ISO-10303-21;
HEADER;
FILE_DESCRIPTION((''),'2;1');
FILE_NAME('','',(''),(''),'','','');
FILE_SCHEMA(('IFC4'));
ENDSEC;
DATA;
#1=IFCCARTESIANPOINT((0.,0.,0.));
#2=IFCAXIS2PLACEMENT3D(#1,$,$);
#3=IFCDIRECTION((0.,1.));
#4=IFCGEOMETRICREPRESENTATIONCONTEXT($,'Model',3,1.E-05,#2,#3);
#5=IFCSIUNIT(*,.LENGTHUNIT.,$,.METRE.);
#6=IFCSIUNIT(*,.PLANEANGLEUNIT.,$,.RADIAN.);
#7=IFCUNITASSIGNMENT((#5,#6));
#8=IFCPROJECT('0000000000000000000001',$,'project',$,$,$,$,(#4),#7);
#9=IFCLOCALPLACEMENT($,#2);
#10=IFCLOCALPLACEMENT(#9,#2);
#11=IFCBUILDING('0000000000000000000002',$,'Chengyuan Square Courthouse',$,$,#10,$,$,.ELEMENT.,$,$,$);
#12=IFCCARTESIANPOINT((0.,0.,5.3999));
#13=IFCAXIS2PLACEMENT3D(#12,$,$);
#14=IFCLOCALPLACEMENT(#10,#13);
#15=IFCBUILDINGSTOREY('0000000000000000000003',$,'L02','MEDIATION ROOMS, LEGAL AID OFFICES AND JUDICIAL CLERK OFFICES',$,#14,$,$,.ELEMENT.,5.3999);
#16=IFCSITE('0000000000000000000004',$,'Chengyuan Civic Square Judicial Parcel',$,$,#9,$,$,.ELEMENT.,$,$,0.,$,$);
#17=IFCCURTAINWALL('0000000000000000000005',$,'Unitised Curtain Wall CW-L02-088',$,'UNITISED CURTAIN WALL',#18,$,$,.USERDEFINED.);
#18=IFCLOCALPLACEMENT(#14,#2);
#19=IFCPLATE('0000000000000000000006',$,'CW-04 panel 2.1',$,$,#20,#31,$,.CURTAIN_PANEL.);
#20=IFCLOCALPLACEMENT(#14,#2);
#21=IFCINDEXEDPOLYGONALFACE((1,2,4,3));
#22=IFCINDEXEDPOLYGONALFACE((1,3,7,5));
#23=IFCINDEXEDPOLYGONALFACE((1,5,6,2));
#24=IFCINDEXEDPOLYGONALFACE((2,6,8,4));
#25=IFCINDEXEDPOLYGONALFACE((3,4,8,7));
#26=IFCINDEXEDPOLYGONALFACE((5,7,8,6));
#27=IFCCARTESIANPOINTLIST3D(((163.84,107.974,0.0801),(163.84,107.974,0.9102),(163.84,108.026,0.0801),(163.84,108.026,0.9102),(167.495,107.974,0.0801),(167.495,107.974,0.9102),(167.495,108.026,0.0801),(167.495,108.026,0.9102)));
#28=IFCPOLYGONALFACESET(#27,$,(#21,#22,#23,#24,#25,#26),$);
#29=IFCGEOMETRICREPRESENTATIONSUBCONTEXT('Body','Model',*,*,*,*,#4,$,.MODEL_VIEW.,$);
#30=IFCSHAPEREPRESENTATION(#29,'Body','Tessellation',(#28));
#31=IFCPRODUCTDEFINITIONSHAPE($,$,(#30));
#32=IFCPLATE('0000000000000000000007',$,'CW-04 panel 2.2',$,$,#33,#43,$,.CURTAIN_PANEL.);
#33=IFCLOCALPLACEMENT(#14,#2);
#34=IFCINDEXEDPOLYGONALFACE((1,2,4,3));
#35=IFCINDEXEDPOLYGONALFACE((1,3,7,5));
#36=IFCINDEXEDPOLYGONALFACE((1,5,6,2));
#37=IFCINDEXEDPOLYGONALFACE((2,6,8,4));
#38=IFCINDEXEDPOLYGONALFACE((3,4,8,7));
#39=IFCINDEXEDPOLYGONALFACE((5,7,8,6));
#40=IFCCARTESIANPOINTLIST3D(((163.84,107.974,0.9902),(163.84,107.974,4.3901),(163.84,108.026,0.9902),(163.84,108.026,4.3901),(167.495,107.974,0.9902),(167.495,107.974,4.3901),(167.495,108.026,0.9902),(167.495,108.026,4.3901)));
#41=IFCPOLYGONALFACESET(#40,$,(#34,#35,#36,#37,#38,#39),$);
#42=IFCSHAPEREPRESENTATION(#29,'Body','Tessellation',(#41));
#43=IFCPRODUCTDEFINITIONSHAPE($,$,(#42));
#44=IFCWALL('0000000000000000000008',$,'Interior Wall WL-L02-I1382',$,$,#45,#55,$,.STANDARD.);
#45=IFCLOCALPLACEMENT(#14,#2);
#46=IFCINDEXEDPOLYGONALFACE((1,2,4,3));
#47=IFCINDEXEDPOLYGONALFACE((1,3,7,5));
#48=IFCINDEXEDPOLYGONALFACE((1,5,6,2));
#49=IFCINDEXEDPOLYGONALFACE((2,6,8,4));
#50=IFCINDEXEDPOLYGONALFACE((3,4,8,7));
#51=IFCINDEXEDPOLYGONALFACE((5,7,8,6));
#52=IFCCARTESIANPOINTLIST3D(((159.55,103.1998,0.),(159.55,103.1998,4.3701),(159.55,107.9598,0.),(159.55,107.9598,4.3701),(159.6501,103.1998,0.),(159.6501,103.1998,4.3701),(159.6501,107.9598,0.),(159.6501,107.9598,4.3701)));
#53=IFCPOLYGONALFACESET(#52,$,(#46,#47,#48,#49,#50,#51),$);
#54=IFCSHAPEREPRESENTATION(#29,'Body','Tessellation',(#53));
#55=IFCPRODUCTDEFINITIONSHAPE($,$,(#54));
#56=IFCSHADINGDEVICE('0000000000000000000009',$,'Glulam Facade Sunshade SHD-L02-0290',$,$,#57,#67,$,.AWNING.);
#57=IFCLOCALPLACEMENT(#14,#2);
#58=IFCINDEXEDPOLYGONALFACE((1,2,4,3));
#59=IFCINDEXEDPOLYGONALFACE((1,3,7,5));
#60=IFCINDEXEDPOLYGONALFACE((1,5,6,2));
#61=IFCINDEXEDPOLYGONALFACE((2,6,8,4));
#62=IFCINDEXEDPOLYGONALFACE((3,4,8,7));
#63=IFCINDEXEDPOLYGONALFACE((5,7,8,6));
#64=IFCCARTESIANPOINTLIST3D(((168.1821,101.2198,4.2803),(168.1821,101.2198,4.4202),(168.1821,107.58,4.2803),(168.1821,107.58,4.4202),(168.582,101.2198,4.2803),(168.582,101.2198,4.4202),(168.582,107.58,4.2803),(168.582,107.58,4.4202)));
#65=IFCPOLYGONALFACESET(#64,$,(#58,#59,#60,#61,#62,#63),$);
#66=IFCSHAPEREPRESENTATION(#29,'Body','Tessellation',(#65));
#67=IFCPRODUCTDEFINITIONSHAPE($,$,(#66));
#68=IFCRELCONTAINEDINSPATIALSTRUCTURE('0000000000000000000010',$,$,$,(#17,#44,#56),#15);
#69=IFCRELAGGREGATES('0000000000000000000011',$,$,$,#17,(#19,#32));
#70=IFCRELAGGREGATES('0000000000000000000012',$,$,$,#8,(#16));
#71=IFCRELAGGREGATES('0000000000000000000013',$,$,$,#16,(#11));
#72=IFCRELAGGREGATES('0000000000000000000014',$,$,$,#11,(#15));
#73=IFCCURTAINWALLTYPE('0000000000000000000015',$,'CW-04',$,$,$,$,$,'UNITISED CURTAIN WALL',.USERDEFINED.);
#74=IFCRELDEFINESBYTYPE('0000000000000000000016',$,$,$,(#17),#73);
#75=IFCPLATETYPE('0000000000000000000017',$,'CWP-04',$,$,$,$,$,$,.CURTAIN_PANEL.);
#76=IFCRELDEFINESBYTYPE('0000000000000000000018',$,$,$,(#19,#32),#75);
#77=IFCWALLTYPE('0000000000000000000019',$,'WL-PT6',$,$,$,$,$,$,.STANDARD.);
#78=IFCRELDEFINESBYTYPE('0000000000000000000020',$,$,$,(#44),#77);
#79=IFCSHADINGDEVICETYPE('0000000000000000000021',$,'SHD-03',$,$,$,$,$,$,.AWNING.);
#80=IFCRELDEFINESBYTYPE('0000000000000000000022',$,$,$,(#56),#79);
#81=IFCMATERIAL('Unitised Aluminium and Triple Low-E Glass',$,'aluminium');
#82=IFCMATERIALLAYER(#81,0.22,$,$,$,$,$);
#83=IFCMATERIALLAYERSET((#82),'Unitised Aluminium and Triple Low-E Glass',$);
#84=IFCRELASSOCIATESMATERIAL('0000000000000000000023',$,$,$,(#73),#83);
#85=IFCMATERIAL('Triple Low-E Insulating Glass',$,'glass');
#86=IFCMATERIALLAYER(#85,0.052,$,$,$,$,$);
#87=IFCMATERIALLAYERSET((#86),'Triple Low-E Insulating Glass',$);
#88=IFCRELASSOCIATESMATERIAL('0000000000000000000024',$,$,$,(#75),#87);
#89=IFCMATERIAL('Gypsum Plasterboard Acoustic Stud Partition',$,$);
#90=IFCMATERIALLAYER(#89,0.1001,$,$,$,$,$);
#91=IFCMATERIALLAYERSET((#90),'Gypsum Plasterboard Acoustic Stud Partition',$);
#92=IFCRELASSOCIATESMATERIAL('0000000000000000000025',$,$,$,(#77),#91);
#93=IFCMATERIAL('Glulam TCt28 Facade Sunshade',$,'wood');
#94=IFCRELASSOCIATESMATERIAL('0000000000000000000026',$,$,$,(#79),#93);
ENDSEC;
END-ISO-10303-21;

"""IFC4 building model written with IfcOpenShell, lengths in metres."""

from ifc_helpers import new_model, si_unit, direction, frame, frame_2d, origin, origin_2d, place, context, subcontext, project, spatial, rectangle, extrude, material, layer, layer_set, type_object, element, aggregate, save


model = new_model("IFC4")

# Units and contexts
model_context = context("Model", 3, precision=1e-05, world=origin(), true_north=direction((0.0, 1.0)))
body_context = subcontext(model_context, "Body", "Model", "MODEL_VIEW")
ifc_project = project(units=[si_unit("LENGTHUNIT", "METRE"), si_unit("PLANEANGLEUNIT", "RADIAN")], contexts=[model_context])

# Site, building, storey
site_placement = place(None, origin())
site = spatial("IfcSite", under=ifc_project, at=site_placement, Name="Chengyuan Civic Square Judicial Parcel", CompositionType="ELEMENT", RefElevation=0.0)
building_placement = place(site_placement, origin())
building = spatial("IfcBuilding", under=site, at=building_placement, Name="Chengyuan Square Courthouse", CompositionType="ELEMENT")
storey_placement = place(building_placement, frame((0.0, 0.0, 5.3999)))
storey = spatial("IfcBuildingStorey", under=building, at=storey_placement, Name="L02", Description="MEDIATION ROOMS, LEGAL AID OFFICES AND JUDICIAL CLERK OFFICES", CompositionType="ELEMENT", Elevation=5.3999)

# Curtain wall, plates
ifc_material_1 = material(Name="Unitised Aluminium and Triple Low-E Glass", Category="aluminium")
ifc_layer_1 = layer(ifc_material_1, 0.22)
ifc_layer_set_1 = layer_set([ifc_layer_1], Name="Unitised Aluminium and Triple Low-E Glass")
curtain_wall_type = type_object("IfcCurtainWallType", Name="CW-04", ElementType="UNITISED CURTAIN WALL", PredefinedType="USERDEFINED", material=ifc_layer_set_1)
curtain_wall_placement = place(storey_placement, origin())
curtain_wall = element("IfcCurtainWall", 1, at=curtain_wall_placement, inside=storey, type_object=curtain_wall_type, Name="Unitised Curtain Wall CW-L02-088", ObjectType="UNITISED CURTAIN WALL", PredefinedType="USERDEFINED")
ifc_material_2 = material(Name="Triple Low-E Insulating Glass", Category="glass")
ifc_layer_2 = layer(ifc_material_2, 0.052)
ifc_layer_set_2 = layer_set([ifc_layer_2], Name="Triple Low-E Insulating Glass")
plate_type = type_object("IfcPlateType", Name="CWP-04", PredefinedType="CURTAIN_PANEL", material=ifc_layer_set_2)
plate_1_placement = place(storey_placement, frame((165.6675, 108.0, 0.0801), z_axis=(0.0, 0.0, 1.0), x_axis=(1.0, 0.0, 0.0)))
plate_1 = element("IfcPlate", 2, at=plate_1_placement, type_object=plate_type, Name="CW-04 panel 2.1", PredefinedType="CURTAIN_PANEL", context=body_context, shape_type="SweptSolid", body=[
    extrude(rectangle(XDim=3.655, YDim=0.052, at=origin_2d()), origin(), (0.0, 0.0, 1.0), 0.8301),
])
plate_2_placement = place(storey_placement, frame((165.6675, 108.0, 0.9902), z_axis=(0.0, 0.0, 1.0), x_axis=(1.0, 0.0, 0.0)))
plate_2 = element("IfcPlate", 3, at=plate_2_placement, type_object=plate_type, Name="CW-04 panel 2.2", PredefinedType="CURTAIN_PANEL", context=body_context, shape_type="SweptSolid", body=[
    extrude(rectangle(XDim=3.655, YDim=0.052, at=origin_2d()), origin(), (0.0, 0.0, 1.0), 3.3999),
])
aggregate(curtain_wall, [plate_1, plate_2])

# Wall
ifc_material_3 = material(Name="Gypsum Plasterboard Acoustic Stud Partition")
ifc_layer_3 = layer(ifc_material_3, 0.1001)
ifc_layer_set_3 = layer_set([ifc_layer_3], Name="Gypsum Plasterboard Acoustic Stud Partition")
wall_type = type_object("IfcWallType", Name="WL-PT6", PredefinedType="STANDARD", material=ifc_layer_set_3)
wall_placement = place(storey_placement, frame((159.6001, 103.2, 0.0), z_axis=(0.0, 0.0, 1.0), x_axis=(0.0, 1.0, 0.0)))
element("IfcWall", 4, at=wall_placement, inside=storey, type_object=wall_type, Name="Interior Wall WL-L02-I1382", PredefinedType="STANDARD", context=body_context, shape_type="SweptSolid", body=[
    extrude(rectangle(XDim=4.76, YDim=0.1001, at=frame_2d((2.3799, 0.0))), origin(), (0.0, 0.0, 1.0), 4.3701),
])

# Shading device
ifc_material_4 = material(Name="Glulam TCt28 Facade Sunshade", Category="wood")
shading_device_type = type_object("IfcShadingDeviceType", Name="SHD-03", PredefinedType="AWNING", material=ifc_material_4)
shading_device_placement = place(storey_placement, frame((168.3821, 104.3999, 4.2803), z_axis=(0.0, 0.0, 1.0), x_axis=(0.0, 1.0, 0.0)))
element("IfcShadingDevice", 5, at=shading_device_placement, inside=storey, type_object=shading_device_type, Name="Glulam Facade Sunshade SHD-L02-0290", PredefinedType="AWNING", context=body_context, shape_type="SweptSolid", body=[
    extrude(rectangle(XDim=6.3601, YDim=0.3999, at=origin_2d()), origin(), (0.0, 0.0, 1.0), 0.1399),
])

save(model, "model.ifc")
